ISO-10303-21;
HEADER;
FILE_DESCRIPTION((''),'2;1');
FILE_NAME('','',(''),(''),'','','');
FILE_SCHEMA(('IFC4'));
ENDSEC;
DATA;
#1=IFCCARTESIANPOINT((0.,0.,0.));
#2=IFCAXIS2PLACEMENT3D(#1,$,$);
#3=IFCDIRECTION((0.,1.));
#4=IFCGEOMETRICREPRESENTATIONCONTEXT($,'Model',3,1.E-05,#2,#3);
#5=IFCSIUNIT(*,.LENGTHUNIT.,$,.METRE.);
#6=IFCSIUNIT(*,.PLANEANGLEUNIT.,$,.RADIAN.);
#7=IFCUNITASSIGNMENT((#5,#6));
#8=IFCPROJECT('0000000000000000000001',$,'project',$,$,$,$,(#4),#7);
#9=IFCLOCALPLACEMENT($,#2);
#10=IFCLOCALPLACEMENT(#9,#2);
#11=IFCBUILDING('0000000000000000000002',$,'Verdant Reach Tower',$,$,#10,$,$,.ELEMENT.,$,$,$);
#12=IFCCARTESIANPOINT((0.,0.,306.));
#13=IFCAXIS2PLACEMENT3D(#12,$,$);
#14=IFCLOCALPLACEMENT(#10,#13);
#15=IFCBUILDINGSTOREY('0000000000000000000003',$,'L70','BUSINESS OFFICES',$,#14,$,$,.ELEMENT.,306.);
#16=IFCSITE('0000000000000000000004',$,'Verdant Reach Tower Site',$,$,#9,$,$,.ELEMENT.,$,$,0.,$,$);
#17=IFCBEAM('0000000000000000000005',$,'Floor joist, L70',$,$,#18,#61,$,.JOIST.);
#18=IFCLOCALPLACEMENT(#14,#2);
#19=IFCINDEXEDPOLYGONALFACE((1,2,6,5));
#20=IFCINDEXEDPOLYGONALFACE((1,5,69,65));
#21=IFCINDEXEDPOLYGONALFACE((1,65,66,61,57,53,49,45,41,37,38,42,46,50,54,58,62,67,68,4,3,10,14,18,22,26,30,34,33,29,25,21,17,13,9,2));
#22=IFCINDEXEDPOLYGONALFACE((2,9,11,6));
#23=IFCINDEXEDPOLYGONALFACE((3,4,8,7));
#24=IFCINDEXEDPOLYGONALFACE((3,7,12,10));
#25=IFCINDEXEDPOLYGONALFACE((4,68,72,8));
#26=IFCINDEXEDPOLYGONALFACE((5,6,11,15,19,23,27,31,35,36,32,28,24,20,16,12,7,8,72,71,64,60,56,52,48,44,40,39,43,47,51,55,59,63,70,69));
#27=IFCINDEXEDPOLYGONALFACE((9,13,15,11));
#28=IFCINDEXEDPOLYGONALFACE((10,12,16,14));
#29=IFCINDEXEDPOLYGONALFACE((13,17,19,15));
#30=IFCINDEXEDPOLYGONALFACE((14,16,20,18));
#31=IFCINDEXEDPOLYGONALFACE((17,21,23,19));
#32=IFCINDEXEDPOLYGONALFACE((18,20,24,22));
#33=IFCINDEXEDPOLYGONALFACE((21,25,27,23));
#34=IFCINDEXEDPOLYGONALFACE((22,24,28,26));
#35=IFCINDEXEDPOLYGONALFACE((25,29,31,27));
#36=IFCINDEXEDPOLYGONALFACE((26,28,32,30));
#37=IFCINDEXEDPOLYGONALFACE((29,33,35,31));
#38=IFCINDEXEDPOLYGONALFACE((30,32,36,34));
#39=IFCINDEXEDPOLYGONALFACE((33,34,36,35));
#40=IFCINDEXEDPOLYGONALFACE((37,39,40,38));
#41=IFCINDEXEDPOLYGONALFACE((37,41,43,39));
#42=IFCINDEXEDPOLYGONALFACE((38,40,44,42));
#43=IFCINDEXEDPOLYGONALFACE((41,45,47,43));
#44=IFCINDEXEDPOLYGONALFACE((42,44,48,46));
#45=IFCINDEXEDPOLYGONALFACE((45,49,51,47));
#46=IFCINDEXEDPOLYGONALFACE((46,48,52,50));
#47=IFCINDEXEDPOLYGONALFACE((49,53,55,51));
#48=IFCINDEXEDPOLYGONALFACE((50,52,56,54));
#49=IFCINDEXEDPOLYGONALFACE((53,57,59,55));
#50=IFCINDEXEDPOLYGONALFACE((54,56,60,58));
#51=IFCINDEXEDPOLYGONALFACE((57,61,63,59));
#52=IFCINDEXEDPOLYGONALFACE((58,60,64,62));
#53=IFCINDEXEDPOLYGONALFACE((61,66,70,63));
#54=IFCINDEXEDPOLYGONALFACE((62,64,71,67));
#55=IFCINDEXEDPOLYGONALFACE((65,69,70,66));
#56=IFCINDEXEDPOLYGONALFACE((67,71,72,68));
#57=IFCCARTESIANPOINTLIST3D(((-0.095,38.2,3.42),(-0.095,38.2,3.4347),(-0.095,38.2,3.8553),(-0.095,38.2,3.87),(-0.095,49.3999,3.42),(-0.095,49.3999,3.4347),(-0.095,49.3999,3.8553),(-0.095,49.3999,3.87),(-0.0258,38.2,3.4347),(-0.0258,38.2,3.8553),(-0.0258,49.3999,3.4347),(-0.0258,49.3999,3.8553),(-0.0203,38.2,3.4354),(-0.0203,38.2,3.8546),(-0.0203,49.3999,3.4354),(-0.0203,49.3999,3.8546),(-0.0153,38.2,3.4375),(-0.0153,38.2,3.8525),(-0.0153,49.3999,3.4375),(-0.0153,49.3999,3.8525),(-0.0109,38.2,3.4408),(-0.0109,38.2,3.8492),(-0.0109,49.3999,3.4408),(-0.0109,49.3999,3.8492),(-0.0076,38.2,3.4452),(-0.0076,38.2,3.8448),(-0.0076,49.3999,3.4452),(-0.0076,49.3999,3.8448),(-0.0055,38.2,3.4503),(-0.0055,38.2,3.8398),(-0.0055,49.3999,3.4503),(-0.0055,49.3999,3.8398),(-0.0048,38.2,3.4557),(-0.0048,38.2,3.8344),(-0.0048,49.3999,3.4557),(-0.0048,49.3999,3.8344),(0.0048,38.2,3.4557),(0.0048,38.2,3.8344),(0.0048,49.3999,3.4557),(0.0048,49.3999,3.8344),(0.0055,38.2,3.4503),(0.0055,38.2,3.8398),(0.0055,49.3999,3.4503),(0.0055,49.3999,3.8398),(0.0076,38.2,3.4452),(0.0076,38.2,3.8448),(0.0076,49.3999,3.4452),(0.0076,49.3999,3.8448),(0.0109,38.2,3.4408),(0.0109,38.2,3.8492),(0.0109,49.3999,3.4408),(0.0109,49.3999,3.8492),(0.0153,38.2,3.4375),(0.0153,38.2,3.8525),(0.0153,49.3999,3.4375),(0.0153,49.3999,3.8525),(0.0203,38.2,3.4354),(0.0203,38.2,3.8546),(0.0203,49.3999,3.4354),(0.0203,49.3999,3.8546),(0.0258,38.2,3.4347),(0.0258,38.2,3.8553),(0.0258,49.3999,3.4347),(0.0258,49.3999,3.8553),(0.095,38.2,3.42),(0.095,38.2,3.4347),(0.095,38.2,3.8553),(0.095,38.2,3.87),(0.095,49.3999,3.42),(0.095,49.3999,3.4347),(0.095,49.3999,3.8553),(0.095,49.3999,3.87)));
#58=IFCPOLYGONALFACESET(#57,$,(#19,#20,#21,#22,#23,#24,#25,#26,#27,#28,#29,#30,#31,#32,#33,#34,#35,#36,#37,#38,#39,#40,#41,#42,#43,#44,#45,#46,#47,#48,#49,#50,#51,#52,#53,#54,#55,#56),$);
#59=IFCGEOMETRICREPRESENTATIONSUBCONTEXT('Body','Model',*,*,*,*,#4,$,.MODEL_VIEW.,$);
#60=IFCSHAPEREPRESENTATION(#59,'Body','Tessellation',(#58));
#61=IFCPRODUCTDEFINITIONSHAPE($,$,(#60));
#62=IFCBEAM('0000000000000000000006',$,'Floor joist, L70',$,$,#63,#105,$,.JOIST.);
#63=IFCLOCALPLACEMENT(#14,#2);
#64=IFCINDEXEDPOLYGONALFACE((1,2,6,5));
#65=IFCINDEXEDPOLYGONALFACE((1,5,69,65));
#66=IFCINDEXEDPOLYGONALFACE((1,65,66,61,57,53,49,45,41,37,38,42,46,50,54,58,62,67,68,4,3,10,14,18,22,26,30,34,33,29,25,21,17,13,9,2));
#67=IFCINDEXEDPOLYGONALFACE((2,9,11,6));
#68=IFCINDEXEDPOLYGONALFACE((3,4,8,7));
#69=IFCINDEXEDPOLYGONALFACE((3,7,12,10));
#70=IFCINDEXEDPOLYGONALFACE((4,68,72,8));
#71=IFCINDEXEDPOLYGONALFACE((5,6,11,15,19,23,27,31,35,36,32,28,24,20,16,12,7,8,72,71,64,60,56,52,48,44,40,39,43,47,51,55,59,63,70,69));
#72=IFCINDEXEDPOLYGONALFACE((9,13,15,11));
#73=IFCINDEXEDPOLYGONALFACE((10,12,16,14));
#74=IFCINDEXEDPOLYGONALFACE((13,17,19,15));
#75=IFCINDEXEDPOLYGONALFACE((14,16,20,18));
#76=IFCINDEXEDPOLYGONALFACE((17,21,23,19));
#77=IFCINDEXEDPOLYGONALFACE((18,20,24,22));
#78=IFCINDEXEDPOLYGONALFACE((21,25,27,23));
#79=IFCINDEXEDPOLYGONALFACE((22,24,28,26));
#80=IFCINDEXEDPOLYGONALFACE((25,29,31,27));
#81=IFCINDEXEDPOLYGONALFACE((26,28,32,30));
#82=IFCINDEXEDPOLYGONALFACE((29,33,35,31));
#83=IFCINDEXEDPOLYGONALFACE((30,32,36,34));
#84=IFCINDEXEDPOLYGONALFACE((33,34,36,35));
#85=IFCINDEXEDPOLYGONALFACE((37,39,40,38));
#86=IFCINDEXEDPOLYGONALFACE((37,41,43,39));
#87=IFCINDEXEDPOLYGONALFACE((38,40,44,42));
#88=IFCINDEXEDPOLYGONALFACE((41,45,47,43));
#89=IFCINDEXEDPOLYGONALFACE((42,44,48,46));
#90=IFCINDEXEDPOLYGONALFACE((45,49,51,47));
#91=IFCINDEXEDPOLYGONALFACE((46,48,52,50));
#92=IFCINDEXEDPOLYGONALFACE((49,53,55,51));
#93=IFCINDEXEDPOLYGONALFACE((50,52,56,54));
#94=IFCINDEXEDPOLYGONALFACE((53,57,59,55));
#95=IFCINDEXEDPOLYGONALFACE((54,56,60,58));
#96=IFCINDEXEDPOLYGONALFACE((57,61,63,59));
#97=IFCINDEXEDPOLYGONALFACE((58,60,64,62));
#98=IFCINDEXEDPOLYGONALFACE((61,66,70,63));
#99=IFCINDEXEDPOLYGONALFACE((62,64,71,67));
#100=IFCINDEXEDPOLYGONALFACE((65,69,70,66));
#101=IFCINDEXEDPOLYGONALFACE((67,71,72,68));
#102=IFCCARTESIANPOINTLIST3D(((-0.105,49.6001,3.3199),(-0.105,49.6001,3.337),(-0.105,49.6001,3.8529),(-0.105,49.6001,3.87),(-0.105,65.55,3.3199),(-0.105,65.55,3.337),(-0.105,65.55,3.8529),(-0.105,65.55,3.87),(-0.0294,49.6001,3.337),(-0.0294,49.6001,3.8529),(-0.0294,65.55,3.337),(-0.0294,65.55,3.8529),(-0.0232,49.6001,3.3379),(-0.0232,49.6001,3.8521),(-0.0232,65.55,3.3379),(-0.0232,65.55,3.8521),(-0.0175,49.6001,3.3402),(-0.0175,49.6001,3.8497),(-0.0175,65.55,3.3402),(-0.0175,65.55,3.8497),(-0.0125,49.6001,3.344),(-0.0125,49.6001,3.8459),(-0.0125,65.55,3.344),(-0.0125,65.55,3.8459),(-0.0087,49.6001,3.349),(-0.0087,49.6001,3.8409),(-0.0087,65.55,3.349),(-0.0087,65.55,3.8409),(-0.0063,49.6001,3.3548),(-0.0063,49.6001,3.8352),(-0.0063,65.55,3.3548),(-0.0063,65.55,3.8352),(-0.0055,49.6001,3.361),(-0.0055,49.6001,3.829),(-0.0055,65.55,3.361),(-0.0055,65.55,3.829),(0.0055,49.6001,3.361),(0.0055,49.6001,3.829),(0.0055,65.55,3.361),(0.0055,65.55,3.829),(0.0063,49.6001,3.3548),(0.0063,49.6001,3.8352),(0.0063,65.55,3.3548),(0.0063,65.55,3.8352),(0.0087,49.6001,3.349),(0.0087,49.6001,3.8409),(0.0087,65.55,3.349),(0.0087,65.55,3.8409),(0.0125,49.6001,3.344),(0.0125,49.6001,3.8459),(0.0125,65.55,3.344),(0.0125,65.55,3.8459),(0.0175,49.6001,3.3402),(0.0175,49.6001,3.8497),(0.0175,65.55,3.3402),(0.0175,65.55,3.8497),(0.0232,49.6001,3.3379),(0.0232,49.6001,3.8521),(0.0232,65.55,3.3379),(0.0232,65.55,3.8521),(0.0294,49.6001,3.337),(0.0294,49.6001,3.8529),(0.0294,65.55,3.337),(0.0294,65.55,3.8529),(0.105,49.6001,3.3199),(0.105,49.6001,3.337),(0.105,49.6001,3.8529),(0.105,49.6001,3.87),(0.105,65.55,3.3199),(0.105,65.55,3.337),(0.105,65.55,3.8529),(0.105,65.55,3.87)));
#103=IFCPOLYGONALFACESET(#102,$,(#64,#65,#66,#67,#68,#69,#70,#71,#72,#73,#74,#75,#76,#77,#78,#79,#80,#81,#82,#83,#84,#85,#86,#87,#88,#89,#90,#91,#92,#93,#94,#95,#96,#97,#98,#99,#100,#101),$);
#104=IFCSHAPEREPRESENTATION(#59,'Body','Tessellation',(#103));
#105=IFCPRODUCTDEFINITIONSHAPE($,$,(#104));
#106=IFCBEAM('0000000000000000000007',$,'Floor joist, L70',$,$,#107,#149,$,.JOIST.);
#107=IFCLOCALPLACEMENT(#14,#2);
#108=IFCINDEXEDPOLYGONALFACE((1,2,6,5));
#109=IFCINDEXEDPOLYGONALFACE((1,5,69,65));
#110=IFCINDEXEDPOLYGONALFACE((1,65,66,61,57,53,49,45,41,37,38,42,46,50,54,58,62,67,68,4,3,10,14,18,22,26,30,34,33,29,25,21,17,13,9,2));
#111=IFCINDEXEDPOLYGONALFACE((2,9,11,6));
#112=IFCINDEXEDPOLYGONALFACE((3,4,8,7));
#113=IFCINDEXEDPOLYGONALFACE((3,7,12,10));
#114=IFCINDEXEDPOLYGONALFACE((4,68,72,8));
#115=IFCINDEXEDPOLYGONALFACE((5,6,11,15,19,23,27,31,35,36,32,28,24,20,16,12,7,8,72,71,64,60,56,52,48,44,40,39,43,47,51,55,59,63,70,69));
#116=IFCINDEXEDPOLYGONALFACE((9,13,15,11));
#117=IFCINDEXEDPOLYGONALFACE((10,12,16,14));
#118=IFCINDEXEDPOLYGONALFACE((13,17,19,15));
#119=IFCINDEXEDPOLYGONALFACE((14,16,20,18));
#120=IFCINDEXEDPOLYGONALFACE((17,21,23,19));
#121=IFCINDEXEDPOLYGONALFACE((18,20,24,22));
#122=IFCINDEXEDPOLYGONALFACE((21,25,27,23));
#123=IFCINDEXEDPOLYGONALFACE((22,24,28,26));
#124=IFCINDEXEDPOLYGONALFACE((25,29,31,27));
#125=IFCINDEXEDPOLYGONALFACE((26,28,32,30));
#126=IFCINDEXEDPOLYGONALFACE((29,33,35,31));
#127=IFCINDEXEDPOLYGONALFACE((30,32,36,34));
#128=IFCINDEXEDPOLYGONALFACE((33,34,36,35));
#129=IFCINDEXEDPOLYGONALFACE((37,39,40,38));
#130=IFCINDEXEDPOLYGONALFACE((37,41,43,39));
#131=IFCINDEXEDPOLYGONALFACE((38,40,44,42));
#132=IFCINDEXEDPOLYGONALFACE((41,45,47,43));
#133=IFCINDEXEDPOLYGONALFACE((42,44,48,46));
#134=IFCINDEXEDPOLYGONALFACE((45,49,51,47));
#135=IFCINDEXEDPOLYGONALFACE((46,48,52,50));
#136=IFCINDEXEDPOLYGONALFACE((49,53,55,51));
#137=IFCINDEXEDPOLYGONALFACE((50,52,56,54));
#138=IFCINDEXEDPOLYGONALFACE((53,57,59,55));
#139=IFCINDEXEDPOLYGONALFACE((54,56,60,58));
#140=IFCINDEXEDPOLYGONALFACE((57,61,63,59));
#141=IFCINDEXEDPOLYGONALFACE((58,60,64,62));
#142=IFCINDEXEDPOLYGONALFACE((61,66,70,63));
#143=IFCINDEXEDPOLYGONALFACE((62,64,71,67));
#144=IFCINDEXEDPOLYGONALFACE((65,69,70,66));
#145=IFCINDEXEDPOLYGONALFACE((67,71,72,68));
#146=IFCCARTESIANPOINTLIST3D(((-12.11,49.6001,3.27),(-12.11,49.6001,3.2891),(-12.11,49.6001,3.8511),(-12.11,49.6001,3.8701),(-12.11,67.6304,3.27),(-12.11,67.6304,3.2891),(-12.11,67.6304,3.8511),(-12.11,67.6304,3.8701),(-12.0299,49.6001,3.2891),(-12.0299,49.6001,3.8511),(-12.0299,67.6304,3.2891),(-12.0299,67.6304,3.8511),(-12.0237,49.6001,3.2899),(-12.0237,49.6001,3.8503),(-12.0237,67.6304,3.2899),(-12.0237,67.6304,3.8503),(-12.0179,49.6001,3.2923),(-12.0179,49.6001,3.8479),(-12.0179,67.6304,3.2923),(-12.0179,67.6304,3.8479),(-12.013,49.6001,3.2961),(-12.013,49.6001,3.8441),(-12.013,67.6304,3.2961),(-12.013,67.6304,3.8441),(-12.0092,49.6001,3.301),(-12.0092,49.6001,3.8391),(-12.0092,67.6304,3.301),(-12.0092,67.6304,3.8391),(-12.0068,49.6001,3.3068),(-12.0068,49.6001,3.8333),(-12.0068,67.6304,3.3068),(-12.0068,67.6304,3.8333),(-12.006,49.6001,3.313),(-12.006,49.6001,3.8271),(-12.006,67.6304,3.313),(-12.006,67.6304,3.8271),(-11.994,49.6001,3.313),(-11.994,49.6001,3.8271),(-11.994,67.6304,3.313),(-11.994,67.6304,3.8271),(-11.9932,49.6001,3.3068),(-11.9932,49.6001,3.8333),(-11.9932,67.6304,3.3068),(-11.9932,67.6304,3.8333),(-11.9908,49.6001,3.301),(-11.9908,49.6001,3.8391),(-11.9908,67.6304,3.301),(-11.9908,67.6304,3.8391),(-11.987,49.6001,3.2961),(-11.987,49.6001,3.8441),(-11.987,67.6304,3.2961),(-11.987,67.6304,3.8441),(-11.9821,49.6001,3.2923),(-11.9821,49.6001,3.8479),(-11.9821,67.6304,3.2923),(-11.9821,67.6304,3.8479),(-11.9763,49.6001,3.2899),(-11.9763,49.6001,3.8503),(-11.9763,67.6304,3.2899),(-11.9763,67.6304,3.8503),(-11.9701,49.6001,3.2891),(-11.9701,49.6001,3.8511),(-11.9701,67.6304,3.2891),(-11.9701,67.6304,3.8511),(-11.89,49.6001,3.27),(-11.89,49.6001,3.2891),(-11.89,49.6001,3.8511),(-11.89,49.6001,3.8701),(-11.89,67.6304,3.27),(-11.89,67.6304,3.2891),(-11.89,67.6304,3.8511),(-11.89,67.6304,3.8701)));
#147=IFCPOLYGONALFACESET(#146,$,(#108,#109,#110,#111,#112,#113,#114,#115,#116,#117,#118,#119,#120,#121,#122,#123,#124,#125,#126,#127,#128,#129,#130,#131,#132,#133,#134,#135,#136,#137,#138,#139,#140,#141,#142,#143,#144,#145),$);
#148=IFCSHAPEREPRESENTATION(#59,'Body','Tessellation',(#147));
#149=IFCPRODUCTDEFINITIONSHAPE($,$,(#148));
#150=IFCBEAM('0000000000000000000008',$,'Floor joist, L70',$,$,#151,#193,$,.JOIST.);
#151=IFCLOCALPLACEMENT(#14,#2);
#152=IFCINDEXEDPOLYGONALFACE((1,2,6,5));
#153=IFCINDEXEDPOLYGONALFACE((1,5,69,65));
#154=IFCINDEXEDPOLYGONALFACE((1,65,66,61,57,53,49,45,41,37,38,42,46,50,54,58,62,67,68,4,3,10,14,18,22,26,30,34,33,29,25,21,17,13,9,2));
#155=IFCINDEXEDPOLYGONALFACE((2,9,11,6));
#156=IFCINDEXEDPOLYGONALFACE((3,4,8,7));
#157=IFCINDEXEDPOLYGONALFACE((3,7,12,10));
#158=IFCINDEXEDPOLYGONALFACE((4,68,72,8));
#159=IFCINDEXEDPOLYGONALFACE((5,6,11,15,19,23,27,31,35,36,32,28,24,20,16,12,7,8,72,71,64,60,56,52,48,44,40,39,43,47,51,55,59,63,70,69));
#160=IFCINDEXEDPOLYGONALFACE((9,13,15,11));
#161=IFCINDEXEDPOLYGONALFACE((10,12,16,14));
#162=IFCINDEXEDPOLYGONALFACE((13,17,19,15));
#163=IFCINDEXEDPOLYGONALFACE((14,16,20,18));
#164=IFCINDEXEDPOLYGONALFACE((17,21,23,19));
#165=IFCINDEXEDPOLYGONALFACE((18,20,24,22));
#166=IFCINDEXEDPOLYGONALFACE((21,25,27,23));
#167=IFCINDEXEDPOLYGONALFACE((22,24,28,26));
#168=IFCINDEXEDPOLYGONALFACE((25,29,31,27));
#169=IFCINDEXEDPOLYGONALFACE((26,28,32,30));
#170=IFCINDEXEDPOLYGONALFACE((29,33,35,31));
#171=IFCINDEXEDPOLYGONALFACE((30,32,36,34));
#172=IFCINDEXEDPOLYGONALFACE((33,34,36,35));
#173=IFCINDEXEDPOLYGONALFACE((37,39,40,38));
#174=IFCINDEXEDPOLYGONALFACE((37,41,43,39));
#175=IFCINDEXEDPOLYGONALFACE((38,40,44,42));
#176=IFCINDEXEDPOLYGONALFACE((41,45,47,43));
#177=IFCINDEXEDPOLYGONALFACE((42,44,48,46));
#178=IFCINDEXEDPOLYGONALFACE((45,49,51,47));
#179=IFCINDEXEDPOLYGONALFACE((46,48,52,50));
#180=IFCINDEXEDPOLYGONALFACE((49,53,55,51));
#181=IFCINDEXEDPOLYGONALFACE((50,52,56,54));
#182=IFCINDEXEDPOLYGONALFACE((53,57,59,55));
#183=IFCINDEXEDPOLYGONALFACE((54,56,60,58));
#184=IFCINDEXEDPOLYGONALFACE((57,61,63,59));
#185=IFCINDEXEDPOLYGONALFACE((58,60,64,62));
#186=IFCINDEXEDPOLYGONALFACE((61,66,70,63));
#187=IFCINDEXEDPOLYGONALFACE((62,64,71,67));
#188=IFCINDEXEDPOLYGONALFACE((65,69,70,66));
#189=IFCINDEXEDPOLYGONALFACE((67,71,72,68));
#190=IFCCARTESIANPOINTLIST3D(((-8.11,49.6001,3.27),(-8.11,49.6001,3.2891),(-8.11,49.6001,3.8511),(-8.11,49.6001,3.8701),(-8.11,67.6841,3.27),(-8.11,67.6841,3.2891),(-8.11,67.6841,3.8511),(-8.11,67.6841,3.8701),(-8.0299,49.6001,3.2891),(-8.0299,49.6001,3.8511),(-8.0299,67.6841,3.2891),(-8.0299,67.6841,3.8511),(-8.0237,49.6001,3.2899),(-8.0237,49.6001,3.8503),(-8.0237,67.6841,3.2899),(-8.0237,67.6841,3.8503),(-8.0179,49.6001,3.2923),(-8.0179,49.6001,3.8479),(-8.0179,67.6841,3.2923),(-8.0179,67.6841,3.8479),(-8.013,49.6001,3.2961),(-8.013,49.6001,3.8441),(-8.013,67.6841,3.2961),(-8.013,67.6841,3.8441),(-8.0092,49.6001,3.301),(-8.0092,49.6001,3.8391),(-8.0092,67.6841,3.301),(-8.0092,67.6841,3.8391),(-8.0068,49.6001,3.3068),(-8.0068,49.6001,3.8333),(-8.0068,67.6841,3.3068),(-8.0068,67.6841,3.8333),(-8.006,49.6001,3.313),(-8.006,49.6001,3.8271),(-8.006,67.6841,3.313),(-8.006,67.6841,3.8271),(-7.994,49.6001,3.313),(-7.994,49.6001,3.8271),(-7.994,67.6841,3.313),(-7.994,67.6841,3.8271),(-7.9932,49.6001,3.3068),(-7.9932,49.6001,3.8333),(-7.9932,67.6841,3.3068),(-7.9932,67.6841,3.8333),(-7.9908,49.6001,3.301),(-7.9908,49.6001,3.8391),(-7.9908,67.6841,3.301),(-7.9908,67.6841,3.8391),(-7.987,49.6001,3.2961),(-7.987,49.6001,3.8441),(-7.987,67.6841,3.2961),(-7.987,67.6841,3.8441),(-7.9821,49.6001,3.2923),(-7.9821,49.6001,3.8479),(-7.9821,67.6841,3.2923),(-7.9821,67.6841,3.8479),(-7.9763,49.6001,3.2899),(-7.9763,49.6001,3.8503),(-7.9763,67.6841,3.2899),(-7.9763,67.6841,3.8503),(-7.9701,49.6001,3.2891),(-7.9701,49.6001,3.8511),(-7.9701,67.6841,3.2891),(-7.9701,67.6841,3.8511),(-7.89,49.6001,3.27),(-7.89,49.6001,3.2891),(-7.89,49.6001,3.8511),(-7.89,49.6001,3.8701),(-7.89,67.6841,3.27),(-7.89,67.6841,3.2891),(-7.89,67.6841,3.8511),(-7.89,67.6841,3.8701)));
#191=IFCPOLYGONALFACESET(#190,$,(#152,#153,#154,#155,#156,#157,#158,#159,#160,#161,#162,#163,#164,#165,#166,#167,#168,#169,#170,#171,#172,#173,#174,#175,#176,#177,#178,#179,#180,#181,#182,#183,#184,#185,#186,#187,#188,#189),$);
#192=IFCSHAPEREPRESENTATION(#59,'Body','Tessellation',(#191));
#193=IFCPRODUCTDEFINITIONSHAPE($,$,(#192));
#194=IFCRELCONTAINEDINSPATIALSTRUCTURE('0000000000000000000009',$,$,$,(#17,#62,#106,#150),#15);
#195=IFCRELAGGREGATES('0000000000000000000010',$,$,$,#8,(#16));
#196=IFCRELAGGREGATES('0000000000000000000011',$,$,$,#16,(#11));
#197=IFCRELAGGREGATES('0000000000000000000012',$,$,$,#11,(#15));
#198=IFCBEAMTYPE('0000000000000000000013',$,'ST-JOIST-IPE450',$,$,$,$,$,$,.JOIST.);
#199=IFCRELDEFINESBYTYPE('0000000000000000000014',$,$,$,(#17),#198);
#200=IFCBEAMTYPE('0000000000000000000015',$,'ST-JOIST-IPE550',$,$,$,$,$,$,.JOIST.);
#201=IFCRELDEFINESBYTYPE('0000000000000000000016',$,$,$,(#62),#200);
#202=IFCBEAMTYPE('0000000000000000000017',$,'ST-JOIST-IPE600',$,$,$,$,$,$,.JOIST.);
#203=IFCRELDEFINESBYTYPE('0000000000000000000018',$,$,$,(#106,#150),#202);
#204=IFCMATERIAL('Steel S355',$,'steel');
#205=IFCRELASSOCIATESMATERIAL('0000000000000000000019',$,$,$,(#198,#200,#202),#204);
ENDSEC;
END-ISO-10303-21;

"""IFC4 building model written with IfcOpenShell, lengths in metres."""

from ifc_helpers import new_model, si_unit, direction, frame, origin, origin_2d, place, context, subcontext, project, spatial, i_section, extrude, material, material_profile, profile_set, type_object, element, save


model = new_model("IFC4")

# Units and contexts
model_context = context("Model", 3, precision=1e-05, world=origin(), true_north=direction((0.0, 1.0)))
body_context = subcontext(model_context, "Body", "Model", "MODEL_VIEW")
ifc_project = project(units=[si_unit("LENGTHUNIT", "METRE"), si_unit("PLANEANGLEUNIT", "RADIAN")], contexts=[model_context])

# Site, building, storey
site_placement = place(None, origin())
site = spatial("IfcSite", under=ifc_project, at=site_placement, Name="Verdant Reach Tower Site", CompositionType="ELEMENT", RefElevation=0.0)
building_placement = place(site_placement, origin())
building = spatial("IfcBuilding", under=site, at=building_placement, Name="Verdant Reach Tower", CompositionType="ELEMENT")
storey_placement = place(building_placement, frame((0.0, 0.0, 306.0)))
storey = spatial("IfcBuildingStorey", under=building, at=storey_placement, Name="L70", Description="BUSINESS OFFICES", CompositionType="ELEMENT", Elevation=306.0)

# Beams
ifc_material_1 = material(Name="Steel S355", Category="steel")
ifc_material_profile_1 = material_profile(ifc_material_1, i_section(OverallWidth=0.1899, OverallDepth=0.45, WebThickness=0.0095, FlangeThickness=0.0146, FilletRadius=0.021, at=origin_2d()), Name="IPE 450")
ifc_profile_set_1 = profile_set([ifc_material_profile_1], Name="Steel S355")
beam_type_1 = type_object("IfcBeamType", Name="ST-JOIST-IPE450", PredefinedType="JOIST", material=ifc_profile_set_1)
for number, where, z_axis, x_axis, name in (
    (1, (0.0, 38.2, 3.645), (0.0, 1.0, 0.0), (-1.0, 0.0, 0.0), "Floor joist, L70"),
):
    element("IfcBeam", number, at=place(storey_placement, frame(where, z_axis=z_axis, x_axis=x_axis)), inside=storey, type_object=beam_type_1, Name=name, PredefinedType="JOIST", context=body_context, shape_type="SweptSolid", body=[
        extrude(i_section(OverallWidth=0.1899, OverallDepth=0.45, WebThickness=0.0095, FlangeThickness=0.0146, FilletRadius=0.021, at=origin_2d()), origin(), (0.0, 0.0, 1.0), 11.2),
    ])
ifc_material_profile_2 = material_profile(ifc_material_1, i_section(OverallWidth=0.21, OverallDepth=0.55, WebThickness=0.011, FlangeThickness=0.0171, FilletRadius=0.0239, at=origin_2d()), Name="IPE 550")
ifc_profile_set_2 = profile_set([ifc_material_profile_2], Name="Steel S355")
beam_type_2 = type_object("IfcBeamType", Name="ST-JOIST-IPE550", PredefinedType="JOIST", material=ifc_profile_set_2)
beam_1_placement = place(storey_placement, frame((0.0, 49.6001, 3.595), z_axis=(0.0, 1.0, 0.0), x_axis=(-1.0, 0.0, 0.0)))
element("IfcBeam", 2, at=beam_1_placement, inside=storey, type_object=beam_type_2, Name="Floor joist, L70", PredefinedType="JOIST", context=body_context, shape_type="SweptSolid", body=[
    extrude(i_section(OverallWidth=0.21, OverallDepth=0.55, WebThickness=0.011, FlangeThickness=0.0171, FilletRadius=0.0239, at=origin_2d()), origin(), (0.0, 0.0, 1.0), 15.95),
])
ifc_material_profile_3 = material_profile(ifc_material_1, i_section(OverallWidth=0.22, OverallDepth=0.6001, WebThickness=0.012, FlangeThickness=0.019, FilletRadius=0.0239, at=origin_2d()), Name="IPE 600")
ifc_profile_set_3 = profile_set([ifc_material_profile_3], Name="Steel S355")
beam_type_3 = type_object("IfcBeamType", Name="ST-JOIST-IPE600", PredefinedType="JOIST", material=ifc_profile_set_3)
beam_2_placement = place(storey_placement, frame((-12.0, 49.6001, 3.5701), z_axis=(0.0, 1.0, 0.0), x_axis=(-1.0, 0.0, 0.0)))
element("IfcBeam", 3, at=beam_2_placement, inside=storey, type_object=beam_type_3, Name="Floor joist, L70", PredefinedType="JOIST", context=body_context, shape_type="SweptSolid", body=[
    extrude(i_section(OverallWidth=0.22, OverallDepth=0.6001, WebThickness=0.012, FlangeThickness=0.019, FilletRadius=0.0239, at=origin_2d()), origin(), (0.0, 0.0, 1.0), 18.0303),
])
beam_3_placement = place(storey_placement, frame((-8.0, 49.6001, 3.5701), z_axis=(0.0, 1.0, 0.0), x_axis=(-1.0, 0.0, 0.0)))
element("IfcBeam", 4, at=beam_3_placement, inside=storey, type_object=beam_type_3, Name="Floor joist, L70", PredefinedType="JOIST", context=body_context, shape_type="SweptSolid", body=[
    extrude(i_section(OverallWidth=0.22, OverallDepth=0.6001, WebThickness=0.012, FlangeThickness=0.019, FilletRadius=0.0239, at=origin_2d()), origin(), (0.0, 0.0, 1.0), 18.084),
])

save(model, "model.ifc")
